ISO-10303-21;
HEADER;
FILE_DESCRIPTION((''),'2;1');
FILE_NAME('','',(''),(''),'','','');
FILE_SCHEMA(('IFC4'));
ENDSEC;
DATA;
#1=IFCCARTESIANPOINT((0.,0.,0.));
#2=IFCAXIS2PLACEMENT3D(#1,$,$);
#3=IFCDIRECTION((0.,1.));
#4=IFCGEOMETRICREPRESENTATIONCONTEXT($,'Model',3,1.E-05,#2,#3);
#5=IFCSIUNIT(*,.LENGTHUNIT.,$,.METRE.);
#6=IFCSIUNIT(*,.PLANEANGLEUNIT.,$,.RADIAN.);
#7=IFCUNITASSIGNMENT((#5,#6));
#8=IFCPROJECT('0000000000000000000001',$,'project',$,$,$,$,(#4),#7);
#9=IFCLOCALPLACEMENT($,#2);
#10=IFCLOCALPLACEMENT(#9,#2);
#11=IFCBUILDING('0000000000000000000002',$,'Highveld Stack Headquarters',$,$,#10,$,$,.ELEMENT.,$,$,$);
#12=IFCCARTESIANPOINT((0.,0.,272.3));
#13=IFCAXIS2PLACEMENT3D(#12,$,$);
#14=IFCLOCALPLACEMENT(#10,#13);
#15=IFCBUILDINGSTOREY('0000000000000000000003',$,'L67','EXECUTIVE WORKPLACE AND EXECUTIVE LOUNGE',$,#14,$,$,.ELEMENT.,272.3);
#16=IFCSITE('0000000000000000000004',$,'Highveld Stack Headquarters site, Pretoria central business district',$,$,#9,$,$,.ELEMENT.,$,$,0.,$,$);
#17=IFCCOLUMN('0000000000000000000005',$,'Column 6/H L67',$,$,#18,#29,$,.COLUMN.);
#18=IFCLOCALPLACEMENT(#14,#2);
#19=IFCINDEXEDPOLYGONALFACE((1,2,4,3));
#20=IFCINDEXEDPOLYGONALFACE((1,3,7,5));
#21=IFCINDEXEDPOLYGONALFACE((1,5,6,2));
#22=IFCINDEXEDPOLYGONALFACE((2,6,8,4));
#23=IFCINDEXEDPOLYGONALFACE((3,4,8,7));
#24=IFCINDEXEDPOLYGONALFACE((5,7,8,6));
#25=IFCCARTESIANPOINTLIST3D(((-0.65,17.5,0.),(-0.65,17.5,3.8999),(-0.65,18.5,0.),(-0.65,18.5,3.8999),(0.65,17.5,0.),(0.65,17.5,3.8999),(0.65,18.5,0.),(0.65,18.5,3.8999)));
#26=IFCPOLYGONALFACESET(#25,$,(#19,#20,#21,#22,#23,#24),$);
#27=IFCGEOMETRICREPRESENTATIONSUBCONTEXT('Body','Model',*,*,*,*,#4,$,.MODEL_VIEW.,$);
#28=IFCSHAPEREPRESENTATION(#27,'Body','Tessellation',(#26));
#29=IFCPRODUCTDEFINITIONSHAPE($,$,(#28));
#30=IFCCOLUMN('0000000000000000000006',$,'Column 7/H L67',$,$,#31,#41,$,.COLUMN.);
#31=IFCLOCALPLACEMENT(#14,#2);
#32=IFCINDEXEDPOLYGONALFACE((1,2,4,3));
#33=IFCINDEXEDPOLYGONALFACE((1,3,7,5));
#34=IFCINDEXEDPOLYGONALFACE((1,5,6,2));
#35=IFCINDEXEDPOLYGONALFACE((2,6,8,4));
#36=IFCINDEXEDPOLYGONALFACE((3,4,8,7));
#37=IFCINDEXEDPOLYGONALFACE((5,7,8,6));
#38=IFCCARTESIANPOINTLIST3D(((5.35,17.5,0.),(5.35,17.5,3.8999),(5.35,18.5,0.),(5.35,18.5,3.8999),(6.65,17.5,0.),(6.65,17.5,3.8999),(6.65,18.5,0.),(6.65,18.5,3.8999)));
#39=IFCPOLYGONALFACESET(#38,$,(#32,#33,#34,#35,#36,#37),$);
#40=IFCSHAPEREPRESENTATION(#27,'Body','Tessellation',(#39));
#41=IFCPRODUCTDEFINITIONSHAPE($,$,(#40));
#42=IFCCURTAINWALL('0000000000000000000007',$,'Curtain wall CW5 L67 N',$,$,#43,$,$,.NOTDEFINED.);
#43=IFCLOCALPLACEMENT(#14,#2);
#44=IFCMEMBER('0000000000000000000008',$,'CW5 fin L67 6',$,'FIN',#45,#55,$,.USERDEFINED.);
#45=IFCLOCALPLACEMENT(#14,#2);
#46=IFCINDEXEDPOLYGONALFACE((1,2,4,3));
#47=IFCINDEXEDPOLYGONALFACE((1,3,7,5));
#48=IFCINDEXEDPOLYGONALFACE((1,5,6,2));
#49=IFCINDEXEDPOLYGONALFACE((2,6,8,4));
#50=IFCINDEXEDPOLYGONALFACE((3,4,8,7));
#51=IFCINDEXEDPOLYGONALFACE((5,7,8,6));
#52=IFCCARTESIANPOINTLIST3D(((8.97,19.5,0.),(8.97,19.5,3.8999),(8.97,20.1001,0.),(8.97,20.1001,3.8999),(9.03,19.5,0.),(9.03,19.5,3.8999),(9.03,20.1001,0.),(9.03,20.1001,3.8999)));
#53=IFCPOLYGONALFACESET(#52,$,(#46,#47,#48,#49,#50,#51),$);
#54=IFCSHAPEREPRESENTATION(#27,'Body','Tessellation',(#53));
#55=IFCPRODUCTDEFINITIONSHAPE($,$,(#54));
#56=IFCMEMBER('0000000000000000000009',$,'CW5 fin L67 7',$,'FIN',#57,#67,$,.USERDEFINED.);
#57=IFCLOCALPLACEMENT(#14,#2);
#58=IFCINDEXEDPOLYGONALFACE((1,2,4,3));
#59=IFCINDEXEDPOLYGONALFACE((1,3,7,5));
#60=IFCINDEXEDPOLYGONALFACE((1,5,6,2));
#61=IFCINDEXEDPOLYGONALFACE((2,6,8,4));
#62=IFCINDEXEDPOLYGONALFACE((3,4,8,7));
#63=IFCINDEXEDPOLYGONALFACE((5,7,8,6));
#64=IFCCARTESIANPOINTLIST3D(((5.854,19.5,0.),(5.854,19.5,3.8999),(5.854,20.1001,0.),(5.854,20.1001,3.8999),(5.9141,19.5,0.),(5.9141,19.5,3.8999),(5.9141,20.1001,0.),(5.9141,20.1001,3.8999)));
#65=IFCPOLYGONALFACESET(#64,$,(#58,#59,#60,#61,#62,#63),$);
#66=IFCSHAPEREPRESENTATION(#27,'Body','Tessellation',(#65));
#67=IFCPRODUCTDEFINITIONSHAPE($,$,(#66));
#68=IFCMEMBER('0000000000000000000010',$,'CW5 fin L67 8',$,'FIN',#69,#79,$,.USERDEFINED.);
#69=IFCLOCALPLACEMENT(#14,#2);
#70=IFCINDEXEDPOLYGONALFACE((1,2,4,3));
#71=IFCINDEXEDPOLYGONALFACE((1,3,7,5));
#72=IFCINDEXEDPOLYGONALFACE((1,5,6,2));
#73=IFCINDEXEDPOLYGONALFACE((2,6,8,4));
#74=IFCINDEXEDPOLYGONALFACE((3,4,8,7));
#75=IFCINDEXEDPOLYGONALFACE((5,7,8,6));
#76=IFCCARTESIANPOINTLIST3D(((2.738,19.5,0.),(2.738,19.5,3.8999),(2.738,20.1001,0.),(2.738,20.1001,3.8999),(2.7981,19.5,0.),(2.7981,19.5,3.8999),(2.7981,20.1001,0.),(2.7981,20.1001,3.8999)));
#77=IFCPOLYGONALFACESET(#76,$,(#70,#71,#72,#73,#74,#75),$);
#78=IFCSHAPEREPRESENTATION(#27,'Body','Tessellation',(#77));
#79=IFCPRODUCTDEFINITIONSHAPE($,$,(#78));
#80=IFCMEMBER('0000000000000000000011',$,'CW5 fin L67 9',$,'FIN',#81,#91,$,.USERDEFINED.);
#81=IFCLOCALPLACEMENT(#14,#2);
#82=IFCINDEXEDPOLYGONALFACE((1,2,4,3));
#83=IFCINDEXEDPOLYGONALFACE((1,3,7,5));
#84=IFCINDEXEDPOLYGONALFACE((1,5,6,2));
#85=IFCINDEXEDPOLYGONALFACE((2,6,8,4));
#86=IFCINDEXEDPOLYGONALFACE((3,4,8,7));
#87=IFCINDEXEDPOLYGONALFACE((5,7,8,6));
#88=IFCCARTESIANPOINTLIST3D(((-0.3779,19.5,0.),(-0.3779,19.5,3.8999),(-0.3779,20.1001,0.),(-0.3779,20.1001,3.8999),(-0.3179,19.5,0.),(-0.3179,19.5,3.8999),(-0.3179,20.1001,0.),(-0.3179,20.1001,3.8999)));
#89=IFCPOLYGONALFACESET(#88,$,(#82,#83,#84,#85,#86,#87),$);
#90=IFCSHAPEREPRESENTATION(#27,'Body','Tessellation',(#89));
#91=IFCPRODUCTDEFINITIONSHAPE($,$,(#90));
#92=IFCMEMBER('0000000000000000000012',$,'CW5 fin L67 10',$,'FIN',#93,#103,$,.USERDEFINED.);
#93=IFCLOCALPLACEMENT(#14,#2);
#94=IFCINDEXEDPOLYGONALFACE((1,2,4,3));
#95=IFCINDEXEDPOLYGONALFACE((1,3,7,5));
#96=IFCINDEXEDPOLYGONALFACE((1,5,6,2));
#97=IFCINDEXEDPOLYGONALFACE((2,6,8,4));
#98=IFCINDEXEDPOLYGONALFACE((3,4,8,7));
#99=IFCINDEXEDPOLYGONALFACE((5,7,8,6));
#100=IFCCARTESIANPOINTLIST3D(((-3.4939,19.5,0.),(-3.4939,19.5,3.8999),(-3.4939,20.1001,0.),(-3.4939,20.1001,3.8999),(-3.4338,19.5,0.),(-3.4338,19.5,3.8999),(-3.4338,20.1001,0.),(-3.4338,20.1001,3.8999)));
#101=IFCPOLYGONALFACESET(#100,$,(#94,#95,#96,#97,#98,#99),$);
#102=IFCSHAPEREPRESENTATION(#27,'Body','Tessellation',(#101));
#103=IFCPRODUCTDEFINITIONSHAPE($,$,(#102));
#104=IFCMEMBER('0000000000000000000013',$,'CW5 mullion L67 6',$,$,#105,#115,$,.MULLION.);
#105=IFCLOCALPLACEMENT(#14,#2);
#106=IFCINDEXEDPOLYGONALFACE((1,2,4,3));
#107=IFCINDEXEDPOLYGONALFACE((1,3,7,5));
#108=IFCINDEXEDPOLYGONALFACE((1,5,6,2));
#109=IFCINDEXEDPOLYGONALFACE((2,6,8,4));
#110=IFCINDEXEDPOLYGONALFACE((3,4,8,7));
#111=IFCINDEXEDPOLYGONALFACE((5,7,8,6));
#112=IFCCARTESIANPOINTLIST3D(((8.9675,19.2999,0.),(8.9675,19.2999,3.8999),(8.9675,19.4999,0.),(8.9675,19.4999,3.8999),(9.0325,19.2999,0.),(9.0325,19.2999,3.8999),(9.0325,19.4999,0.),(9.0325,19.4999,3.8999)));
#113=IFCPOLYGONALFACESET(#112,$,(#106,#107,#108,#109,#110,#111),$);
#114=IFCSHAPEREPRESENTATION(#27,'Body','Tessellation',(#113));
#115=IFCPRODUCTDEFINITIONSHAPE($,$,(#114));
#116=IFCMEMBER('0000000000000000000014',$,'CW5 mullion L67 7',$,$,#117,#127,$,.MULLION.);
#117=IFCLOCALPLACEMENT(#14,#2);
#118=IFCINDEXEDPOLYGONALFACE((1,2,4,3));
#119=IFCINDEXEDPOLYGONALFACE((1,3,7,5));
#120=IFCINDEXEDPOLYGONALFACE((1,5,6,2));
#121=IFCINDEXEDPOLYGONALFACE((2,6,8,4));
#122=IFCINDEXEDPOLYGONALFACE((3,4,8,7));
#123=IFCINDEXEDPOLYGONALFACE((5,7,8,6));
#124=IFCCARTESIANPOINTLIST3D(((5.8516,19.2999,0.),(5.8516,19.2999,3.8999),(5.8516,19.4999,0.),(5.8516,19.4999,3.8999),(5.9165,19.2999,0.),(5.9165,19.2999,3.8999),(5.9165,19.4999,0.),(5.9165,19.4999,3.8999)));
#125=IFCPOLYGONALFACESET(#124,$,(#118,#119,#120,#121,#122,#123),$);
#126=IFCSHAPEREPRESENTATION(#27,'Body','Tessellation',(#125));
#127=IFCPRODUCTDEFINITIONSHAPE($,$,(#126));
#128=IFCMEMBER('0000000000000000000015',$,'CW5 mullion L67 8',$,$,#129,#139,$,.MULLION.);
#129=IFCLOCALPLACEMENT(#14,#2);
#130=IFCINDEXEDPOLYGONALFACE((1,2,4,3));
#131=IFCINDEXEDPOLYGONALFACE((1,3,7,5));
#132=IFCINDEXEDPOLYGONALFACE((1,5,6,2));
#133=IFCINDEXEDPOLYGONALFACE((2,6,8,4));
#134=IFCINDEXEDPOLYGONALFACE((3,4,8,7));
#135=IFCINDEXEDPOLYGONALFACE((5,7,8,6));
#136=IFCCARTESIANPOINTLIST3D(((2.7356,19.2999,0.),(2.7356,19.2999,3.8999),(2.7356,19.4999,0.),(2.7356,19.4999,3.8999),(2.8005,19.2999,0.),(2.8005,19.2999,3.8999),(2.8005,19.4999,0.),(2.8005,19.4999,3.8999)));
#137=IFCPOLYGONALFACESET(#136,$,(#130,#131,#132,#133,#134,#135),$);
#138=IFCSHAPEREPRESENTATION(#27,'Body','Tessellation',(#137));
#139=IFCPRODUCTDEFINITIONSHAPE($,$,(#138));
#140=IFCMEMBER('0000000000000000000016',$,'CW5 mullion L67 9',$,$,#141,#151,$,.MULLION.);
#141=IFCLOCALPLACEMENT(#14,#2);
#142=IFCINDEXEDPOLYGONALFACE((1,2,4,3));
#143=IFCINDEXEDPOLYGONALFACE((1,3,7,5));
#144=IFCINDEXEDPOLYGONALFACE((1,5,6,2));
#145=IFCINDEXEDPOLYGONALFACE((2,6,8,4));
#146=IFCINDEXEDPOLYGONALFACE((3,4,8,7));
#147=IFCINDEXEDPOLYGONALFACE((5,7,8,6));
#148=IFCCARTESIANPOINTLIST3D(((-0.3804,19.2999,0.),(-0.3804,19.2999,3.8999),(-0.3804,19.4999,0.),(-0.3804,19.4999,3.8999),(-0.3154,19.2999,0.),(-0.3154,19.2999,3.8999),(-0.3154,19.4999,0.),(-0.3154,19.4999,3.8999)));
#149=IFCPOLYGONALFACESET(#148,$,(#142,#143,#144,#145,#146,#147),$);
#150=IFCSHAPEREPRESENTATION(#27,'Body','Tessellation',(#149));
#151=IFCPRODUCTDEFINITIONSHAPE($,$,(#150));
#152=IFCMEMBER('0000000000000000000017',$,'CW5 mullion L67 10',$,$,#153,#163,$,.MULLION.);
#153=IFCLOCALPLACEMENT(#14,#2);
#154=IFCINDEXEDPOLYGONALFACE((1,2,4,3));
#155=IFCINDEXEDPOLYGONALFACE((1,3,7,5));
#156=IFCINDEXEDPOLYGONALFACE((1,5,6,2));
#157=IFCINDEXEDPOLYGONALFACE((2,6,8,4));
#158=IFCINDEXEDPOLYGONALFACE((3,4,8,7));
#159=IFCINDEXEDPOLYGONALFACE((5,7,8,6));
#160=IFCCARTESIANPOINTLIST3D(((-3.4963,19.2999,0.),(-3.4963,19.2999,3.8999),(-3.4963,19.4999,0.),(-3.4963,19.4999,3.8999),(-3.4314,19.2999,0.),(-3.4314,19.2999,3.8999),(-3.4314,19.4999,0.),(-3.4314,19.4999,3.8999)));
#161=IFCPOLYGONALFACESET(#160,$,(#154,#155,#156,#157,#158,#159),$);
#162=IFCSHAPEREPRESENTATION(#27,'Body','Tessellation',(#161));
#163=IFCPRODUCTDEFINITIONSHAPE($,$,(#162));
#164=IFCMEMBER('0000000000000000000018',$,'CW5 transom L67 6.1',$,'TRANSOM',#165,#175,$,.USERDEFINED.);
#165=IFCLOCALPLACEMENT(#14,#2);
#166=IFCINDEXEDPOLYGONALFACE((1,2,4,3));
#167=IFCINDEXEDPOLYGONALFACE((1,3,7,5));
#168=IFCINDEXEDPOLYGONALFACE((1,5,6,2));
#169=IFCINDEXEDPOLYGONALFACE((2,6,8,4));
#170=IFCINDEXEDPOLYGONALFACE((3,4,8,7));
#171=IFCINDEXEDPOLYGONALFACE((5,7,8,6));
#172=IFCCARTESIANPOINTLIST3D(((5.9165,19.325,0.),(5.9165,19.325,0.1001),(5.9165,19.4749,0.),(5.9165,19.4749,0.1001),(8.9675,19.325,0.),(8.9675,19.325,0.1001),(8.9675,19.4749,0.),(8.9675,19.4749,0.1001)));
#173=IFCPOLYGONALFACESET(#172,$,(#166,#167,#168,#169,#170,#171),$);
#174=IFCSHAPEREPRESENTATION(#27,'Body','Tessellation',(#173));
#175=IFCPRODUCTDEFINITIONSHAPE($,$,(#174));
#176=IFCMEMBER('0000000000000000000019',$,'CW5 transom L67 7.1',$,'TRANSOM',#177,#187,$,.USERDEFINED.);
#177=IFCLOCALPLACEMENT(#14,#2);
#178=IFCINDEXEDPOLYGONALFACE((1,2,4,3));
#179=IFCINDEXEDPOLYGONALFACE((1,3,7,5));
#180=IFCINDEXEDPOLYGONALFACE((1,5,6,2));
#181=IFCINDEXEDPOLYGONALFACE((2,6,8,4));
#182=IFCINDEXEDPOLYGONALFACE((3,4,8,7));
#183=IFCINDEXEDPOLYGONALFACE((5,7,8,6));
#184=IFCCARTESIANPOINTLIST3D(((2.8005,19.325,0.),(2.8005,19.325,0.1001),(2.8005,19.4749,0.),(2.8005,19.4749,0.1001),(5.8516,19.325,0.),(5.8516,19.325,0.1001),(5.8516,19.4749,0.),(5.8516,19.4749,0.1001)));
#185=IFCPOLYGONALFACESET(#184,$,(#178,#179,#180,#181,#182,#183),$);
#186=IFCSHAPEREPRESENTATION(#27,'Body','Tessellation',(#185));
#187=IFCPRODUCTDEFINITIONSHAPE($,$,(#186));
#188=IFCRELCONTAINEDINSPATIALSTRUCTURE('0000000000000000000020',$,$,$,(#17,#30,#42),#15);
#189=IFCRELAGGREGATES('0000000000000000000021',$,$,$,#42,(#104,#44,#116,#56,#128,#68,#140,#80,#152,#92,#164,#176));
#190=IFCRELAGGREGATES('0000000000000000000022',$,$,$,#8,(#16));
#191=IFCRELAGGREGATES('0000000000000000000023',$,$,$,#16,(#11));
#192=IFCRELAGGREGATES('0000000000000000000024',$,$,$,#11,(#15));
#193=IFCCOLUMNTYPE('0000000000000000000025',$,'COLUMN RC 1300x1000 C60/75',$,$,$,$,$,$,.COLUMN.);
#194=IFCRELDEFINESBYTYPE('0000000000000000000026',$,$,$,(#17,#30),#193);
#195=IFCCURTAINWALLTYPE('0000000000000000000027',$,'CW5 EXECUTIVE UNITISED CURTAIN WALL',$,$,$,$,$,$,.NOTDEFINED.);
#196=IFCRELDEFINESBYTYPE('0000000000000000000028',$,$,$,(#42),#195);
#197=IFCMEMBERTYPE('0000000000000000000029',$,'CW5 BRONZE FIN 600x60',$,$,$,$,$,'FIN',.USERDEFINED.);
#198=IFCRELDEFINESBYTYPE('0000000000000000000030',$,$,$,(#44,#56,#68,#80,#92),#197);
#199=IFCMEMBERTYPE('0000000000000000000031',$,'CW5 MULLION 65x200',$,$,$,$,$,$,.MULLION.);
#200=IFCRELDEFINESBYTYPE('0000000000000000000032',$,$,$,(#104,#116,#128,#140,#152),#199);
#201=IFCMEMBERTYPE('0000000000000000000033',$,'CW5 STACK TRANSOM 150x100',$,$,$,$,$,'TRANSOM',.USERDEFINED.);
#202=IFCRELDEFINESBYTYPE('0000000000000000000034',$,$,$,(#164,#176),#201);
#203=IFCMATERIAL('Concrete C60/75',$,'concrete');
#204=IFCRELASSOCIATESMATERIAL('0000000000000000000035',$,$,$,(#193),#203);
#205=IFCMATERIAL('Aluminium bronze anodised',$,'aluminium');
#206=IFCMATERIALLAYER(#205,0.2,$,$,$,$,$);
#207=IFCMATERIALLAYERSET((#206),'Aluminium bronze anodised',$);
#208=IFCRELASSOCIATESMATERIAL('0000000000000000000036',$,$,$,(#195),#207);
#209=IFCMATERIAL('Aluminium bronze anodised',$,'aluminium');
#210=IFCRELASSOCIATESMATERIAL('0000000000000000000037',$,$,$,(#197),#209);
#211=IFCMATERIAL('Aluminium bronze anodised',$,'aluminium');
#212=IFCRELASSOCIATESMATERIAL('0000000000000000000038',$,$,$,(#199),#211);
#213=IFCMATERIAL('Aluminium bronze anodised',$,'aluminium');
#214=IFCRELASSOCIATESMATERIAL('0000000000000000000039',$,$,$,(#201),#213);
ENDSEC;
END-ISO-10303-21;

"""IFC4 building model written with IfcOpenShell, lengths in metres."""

from ifc_helpers import new_model, si_unit, direction, frame, origin, origin_2d, place, context, subcontext, project, spatial, rectangle, extrude, material, layer, layer_set, material_profile, profile_set, type_object, element, aggregate, save


model = new_model("IFC4")

# Units and contexts
model_context = context("Model", 3, precision=1e-05, world=origin(), true_north=direction((0.0, 1.0)))
body_context = subcontext(model_context, "Body", "Model", "MODEL_VIEW")
ifc_project = project(units=[si_unit("LENGTHUNIT", "METRE"), si_unit("PLANEANGLEUNIT", "RADIAN")], contexts=[model_context])

# Site, building, storey
site_placement = place(None, origin())
site = spatial("IfcSite", under=ifc_project, at=site_placement, Name="Highveld Stack Headquarters site, Pretoria central business district", CompositionType="ELEMENT", RefElevation=0.0)
building_placement = place(site_placement, origin())
building = spatial("IfcBuilding", under=site, at=building_placement, Name="Highveld Stack Headquarters", CompositionType="ELEMENT")
storey_placement = place(building_placement, frame((0.0, 0.0, 272.3)))
storey = spatial("IfcBuildingStorey", under=building, at=storey_placement, Name="L67", Description="EXECUTIVE WORKPLACE AND EXECUTIVE LOUNGE", CompositionType="ELEMENT", Elevation=272.3)

# Columns
ifc_material_1 = material(Name="Concrete C60/75", Category="concrete")
ifc_material_profile_1 = material_profile(ifc_material_1, rectangle(XDim=1.3, YDim=1.0, at=origin_2d()), Name="RC 1300x1000")
ifc_profile_set_1 = profile_set([ifc_material_profile_1], Name="Concrete C60/75")
column_type = type_object("IfcColumnType", Name="COLUMN RC 1300x1000 C60/75", PredefinedType="COLUMN", material=ifc_profile_set_1)
for number, where, z_axis, x_axis, name in (
    (1, (0.0, 18.0, 0.0), (0.0, 0.0, 1.0), (1.0, 0.0, 0.0), "Column 6/H L67"),
    (2, (6.0, 18.0, 0.0), (0.0, 0.0, 1.0), (1.0, 0.0, 0.0), "Column 7/H L67"),
):
    element("IfcColumn", number, at=place(storey_placement, frame(where, z_axis=z_axis, x_axis=x_axis)), inside=storey, type_object=column_type, Name=name, PredefinedType="COLUMN", context=body_context, shape_type="SweptSolid", body=[
        extrude(rectangle(XDim=1.3, YDim=1.0, at=origin_2d()), origin(), (0.0, 0.0, 1.0), 3.8999),
    ])

# Curtain wall, members
ifc_material_2 = material(Name="Aluminium bronze anodised", Category="aluminium")
ifc_layer_1 = layer(ifc_material_2, 0.2)
ifc_layer_set_1 = layer_set([ifc_layer_1], Name="Aluminium bronze anodised")
curtain_wall_type = type_object("IfcCurtainWallType", Name="CW5 EXECUTIVE UNITISED CURTAIN WALL", PredefinedType="NOTDEFINED", material=ifc_layer_set_1)
curtain_wall_placement = place(storey_placement, origin())
curtain_wall = element("IfcCurtainWall", 3, at=curtain_wall_placement, inside=storey, type_object=curtain_wall_type, Name="Curtain wall CW5 L67 N", PredefinedType="NOTDEFINED")
ifc_material_3 = material(Name="Aluminium bronze anodised", Category="aluminium")
ifc_material_profile_2 = material_profile(ifc_material_3, rectangle(XDim=0.6001, YDim=0.0601, at=origin_2d()), Name="FIN 600x60")
ifc_profile_set_2 = profile_set([ifc_material_profile_2], Name="Aluminium bronze anodised")
member_type_1 = type_object("IfcMemberType", Name="CW5 BRONZE FIN 600x60", ElementType="FIN", PredefinedType="USERDEFINED", material=ifc_profile_set_2)
member_1_placement = place(storey_placement, frame((9.0, 19.8, 0.0), z_axis=(0.0, 0.0, 1.0), x_axis=(0.0, -1.0, 0.0)))
member_1 = element("IfcMember", 4, at=member_1_placement, type_object=member_type_1, Name="CW5 fin L67 6", ObjectType="FIN", PredefinedType="USERDEFINED", context=body_context, shape_type="SweptSolid", body=[
    extrude(rectangle(XDim=0.6001, YDim=0.0601, at=origin_2d()), origin(), (0.0, 0.0, 1.0), 3.8999),
])
member_2_placement = place(storey_placement, frame((5.884, 19.8, 0.0), z_axis=(0.0, 0.0, 1.0), x_axis=(0.0, -1.0, 0.0)))
member_2 = element("IfcMember", 5, at=member_2_placement, type_object=member_type_1, Name="CW5 fin L67 7", ObjectType="FIN", PredefinedType="USERDEFINED", context=body_context, shape_type="SweptSolid", body=[
    extrude(rectangle(XDim=0.6001, YDim=0.0601, at=origin_2d()), origin(), (0.0, 0.0, 1.0), 3.8999),
])
member_3_placement = place(storey_placement, frame((2.7681, 19.8, 0.0), z_axis=(0.0, 0.0, 1.0), x_axis=(0.0, -1.0, 0.0)))
member_3 = element("IfcMember", 6, at=member_3_placement, type_object=member_type_1, Name="CW5 fin L67 8", ObjectType="FIN", PredefinedType="USERDEFINED", context=body_context, shape_type="SweptSolid", body=[
    extrude(rectangle(XDim=0.6001, YDim=0.0601, at=origin_2d()), origin(), (0.0, 0.0, 1.0), 3.8999),
])
member_4_placement = place(storey_placement, frame((-0.3479, 19.8, 0.0), z_axis=(0.0, 0.0, 1.0), x_axis=(0.0, -1.0, 0.0)))
member_4 = element("IfcMember", 7, at=member_4_placement, type_object=member_type_1, Name="CW5 fin L67 9", ObjectType="FIN", PredefinedType="USERDEFINED", context=body_context, shape_type="SweptSolid", body=[
    extrude(rectangle(XDim=0.6001, YDim=0.0601, at=origin_2d()), origin(), (0.0, 0.0, 1.0), 3.8999),
])
member_5_placement = place(storey_placement, frame((-3.4639, 19.8, 0.0), z_axis=(0.0, 0.0, 1.0), x_axis=(0.0, -1.0, 0.0)))
member_5 = element("IfcMember", 8, at=member_5_placement, type_object=member_type_1, Name="CW5 fin L67 10", ObjectType="FIN", PredefinedType="USERDEFINED", context=body_context, shape_type="SweptSolid", body=[
    extrude(rectangle(XDim=0.6001, YDim=0.0601, at=origin_2d()), origin(), (0.0, 0.0, 1.0), 3.8999),
])
ifc_material_4 = material(Name="Aluminium bronze anodised", Category="aluminium")
ifc_material_profile_3 = material_profile(ifc_material_4, rectangle(XDim=0.2, YDim=0.0649, at=origin_2d()), Name="CW5 MULLION 65x200")
ifc_profile_set_3 = profile_set([ifc_material_profile_3], Name="Aluminium bronze anodised")
member_type_2 = type_object("IfcMemberType", Name="CW5 MULLION 65x200", PredefinedType="MULLION", material=ifc_profile_set_3)
member_6_placement = place(storey_placement, frame((9.0, 19.3999, 0.0), z_axis=(0.0, 0.0, 1.0), x_axis=(0.0, -1.0, 0.0)))
member_6 = element("IfcMember", 9, at=member_6_placement, type_object=member_type_2, Name="CW5 mullion L67 6", PredefinedType="MULLION", context=body_context, shape_type="SweptSolid", body=[
    extrude(rectangle(XDim=0.2, YDim=0.0649, at=origin_2d()), origin(), (0.0, 0.0, 1.0), 3.8999),
])
member_7_placement = place(storey_placement, frame((5.884, 19.3999, 0.0), z_axis=(0.0, 0.0, 1.0), x_axis=(0.0, -1.0, 0.0)))
member_7 = element("IfcMember", 10, at=member_7_placement, type_object=member_type_2, Name="CW5 mullion L67 7", PredefinedType="MULLION", context=body_context, shape_type="SweptSolid", body=[
    extrude(rectangle(XDim=0.2, YDim=0.0649, at=origin_2d()), origin(), (0.0, 0.0, 1.0), 3.8999),
])
member_8_placement = place(storey_placement, frame((2.7681, 19.3999, 0.0), z_axis=(0.0, 0.0, 1.0), x_axis=(0.0, -1.0, 0.0)))
member_8 = element("IfcMember", 11, at=member_8_placement, type_object=member_type_2, Name="CW5 mullion L67 8", PredefinedType="MULLION", context=body_context, shape_type="SweptSolid", body=[
    extrude(rectangle(XDim=0.2, YDim=0.0649, at=origin_2d()), origin(), (0.0, 0.0, 1.0), 3.8999),
])
member_9_placement = place(storey_placement, frame((-0.3479, 19.3999, 0.0), z_axis=(0.0, 0.0, 1.0), x_axis=(0.0, -1.0, 0.0)))
member_9 = element("IfcMember", 12, at=member_9_placement, type_object=member_type_2, Name="CW5 mullion L67 9", PredefinedType="MULLION", context=body_context, shape_type="SweptSolid", body=[
    extrude(rectangle(XDim=0.2, YDim=0.0649, at=origin_2d()), origin(), (0.0, 0.0, 1.0), 3.8999),
])
member_10_placement = place(storey_placement, frame((-3.4639, 19.3999, 0.0), z_axis=(0.0, 0.0, 1.0), x_axis=(0.0, -1.0, 0.0)))
member_10 = element("IfcMember", 13, at=member_10_placement, type_object=member_type_2, Name="CW5 mullion L67 10", PredefinedType="MULLION", context=body_context, shape_type="SweptSolid", body=[
    extrude(rectangle(XDim=0.2, YDim=0.0649, at=origin_2d()), origin(), (0.0, 0.0, 1.0), 3.8999),
])
ifc_material_5 = material(Name="Aluminium bronze anodised", Category="aluminium")
ifc_material_profile_4 = material_profile(ifc_material_5, rectangle(XDim=0.1499, YDim=0.1001, at=origin_2d()), Name="CW5 TRANSOM 150x100")
ifc_profile_set_4 = profile_set([ifc_material_profile_4], Name="Aluminium bronze anodised")
member_type_3 = type_object("IfcMemberType", Name="CW5 STACK TRANSOM 150x100", ElementType="TRANSOM", PredefinedType="USERDEFINED", material=ifc_profile_set_4)
member_11_placement = place(storey_placement, frame((8.9675, 19.3999, 0.05), z_axis=(-1.0, 0.0, 0.0), x_axis=(0.0, -1.0, 0.0)))
member_11 = element("IfcMember", 14, at=member_11_placement, type_object=member_type_3, Name="CW5 transom L67 6.1", ObjectType="TRANSOM", PredefinedType="USERDEFINED", context=body_context, shape_type="SweptSolid", body=[
    extrude(rectangle(XDim=0.1499, YDim=0.1001, at=origin_2d()), origin(), (0.0, 0.0, 1.0), 3.051),
])
member_12_placement = place(storey_placement, frame((5.8516, 19.3999, 0.05), z_axis=(-1.0, 0.0, 0.0), x_axis=(0.0, -1.0, 0.0)))
member_12 = element("IfcMember", 15, at=member_12_placement, type_object=member_type_3, Name="CW5 transom L67 7.1", ObjectType="TRANSOM", PredefinedType="USERDEFINED", context=body_context, shape_type="SweptSolid", body=[
    extrude(rectangle(XDim=0.1499, YDim=0.1001, at=origin_2d()), origin(), (0.0, 0.0, 1.0), 3.051),
])
aggregate(curtain_wall, [member_6, member_1, member_7, member_2, member_8, member_3, member_9, member_4, member_10, member_5, member_11, member_12])

save(model, "model.ifc")
